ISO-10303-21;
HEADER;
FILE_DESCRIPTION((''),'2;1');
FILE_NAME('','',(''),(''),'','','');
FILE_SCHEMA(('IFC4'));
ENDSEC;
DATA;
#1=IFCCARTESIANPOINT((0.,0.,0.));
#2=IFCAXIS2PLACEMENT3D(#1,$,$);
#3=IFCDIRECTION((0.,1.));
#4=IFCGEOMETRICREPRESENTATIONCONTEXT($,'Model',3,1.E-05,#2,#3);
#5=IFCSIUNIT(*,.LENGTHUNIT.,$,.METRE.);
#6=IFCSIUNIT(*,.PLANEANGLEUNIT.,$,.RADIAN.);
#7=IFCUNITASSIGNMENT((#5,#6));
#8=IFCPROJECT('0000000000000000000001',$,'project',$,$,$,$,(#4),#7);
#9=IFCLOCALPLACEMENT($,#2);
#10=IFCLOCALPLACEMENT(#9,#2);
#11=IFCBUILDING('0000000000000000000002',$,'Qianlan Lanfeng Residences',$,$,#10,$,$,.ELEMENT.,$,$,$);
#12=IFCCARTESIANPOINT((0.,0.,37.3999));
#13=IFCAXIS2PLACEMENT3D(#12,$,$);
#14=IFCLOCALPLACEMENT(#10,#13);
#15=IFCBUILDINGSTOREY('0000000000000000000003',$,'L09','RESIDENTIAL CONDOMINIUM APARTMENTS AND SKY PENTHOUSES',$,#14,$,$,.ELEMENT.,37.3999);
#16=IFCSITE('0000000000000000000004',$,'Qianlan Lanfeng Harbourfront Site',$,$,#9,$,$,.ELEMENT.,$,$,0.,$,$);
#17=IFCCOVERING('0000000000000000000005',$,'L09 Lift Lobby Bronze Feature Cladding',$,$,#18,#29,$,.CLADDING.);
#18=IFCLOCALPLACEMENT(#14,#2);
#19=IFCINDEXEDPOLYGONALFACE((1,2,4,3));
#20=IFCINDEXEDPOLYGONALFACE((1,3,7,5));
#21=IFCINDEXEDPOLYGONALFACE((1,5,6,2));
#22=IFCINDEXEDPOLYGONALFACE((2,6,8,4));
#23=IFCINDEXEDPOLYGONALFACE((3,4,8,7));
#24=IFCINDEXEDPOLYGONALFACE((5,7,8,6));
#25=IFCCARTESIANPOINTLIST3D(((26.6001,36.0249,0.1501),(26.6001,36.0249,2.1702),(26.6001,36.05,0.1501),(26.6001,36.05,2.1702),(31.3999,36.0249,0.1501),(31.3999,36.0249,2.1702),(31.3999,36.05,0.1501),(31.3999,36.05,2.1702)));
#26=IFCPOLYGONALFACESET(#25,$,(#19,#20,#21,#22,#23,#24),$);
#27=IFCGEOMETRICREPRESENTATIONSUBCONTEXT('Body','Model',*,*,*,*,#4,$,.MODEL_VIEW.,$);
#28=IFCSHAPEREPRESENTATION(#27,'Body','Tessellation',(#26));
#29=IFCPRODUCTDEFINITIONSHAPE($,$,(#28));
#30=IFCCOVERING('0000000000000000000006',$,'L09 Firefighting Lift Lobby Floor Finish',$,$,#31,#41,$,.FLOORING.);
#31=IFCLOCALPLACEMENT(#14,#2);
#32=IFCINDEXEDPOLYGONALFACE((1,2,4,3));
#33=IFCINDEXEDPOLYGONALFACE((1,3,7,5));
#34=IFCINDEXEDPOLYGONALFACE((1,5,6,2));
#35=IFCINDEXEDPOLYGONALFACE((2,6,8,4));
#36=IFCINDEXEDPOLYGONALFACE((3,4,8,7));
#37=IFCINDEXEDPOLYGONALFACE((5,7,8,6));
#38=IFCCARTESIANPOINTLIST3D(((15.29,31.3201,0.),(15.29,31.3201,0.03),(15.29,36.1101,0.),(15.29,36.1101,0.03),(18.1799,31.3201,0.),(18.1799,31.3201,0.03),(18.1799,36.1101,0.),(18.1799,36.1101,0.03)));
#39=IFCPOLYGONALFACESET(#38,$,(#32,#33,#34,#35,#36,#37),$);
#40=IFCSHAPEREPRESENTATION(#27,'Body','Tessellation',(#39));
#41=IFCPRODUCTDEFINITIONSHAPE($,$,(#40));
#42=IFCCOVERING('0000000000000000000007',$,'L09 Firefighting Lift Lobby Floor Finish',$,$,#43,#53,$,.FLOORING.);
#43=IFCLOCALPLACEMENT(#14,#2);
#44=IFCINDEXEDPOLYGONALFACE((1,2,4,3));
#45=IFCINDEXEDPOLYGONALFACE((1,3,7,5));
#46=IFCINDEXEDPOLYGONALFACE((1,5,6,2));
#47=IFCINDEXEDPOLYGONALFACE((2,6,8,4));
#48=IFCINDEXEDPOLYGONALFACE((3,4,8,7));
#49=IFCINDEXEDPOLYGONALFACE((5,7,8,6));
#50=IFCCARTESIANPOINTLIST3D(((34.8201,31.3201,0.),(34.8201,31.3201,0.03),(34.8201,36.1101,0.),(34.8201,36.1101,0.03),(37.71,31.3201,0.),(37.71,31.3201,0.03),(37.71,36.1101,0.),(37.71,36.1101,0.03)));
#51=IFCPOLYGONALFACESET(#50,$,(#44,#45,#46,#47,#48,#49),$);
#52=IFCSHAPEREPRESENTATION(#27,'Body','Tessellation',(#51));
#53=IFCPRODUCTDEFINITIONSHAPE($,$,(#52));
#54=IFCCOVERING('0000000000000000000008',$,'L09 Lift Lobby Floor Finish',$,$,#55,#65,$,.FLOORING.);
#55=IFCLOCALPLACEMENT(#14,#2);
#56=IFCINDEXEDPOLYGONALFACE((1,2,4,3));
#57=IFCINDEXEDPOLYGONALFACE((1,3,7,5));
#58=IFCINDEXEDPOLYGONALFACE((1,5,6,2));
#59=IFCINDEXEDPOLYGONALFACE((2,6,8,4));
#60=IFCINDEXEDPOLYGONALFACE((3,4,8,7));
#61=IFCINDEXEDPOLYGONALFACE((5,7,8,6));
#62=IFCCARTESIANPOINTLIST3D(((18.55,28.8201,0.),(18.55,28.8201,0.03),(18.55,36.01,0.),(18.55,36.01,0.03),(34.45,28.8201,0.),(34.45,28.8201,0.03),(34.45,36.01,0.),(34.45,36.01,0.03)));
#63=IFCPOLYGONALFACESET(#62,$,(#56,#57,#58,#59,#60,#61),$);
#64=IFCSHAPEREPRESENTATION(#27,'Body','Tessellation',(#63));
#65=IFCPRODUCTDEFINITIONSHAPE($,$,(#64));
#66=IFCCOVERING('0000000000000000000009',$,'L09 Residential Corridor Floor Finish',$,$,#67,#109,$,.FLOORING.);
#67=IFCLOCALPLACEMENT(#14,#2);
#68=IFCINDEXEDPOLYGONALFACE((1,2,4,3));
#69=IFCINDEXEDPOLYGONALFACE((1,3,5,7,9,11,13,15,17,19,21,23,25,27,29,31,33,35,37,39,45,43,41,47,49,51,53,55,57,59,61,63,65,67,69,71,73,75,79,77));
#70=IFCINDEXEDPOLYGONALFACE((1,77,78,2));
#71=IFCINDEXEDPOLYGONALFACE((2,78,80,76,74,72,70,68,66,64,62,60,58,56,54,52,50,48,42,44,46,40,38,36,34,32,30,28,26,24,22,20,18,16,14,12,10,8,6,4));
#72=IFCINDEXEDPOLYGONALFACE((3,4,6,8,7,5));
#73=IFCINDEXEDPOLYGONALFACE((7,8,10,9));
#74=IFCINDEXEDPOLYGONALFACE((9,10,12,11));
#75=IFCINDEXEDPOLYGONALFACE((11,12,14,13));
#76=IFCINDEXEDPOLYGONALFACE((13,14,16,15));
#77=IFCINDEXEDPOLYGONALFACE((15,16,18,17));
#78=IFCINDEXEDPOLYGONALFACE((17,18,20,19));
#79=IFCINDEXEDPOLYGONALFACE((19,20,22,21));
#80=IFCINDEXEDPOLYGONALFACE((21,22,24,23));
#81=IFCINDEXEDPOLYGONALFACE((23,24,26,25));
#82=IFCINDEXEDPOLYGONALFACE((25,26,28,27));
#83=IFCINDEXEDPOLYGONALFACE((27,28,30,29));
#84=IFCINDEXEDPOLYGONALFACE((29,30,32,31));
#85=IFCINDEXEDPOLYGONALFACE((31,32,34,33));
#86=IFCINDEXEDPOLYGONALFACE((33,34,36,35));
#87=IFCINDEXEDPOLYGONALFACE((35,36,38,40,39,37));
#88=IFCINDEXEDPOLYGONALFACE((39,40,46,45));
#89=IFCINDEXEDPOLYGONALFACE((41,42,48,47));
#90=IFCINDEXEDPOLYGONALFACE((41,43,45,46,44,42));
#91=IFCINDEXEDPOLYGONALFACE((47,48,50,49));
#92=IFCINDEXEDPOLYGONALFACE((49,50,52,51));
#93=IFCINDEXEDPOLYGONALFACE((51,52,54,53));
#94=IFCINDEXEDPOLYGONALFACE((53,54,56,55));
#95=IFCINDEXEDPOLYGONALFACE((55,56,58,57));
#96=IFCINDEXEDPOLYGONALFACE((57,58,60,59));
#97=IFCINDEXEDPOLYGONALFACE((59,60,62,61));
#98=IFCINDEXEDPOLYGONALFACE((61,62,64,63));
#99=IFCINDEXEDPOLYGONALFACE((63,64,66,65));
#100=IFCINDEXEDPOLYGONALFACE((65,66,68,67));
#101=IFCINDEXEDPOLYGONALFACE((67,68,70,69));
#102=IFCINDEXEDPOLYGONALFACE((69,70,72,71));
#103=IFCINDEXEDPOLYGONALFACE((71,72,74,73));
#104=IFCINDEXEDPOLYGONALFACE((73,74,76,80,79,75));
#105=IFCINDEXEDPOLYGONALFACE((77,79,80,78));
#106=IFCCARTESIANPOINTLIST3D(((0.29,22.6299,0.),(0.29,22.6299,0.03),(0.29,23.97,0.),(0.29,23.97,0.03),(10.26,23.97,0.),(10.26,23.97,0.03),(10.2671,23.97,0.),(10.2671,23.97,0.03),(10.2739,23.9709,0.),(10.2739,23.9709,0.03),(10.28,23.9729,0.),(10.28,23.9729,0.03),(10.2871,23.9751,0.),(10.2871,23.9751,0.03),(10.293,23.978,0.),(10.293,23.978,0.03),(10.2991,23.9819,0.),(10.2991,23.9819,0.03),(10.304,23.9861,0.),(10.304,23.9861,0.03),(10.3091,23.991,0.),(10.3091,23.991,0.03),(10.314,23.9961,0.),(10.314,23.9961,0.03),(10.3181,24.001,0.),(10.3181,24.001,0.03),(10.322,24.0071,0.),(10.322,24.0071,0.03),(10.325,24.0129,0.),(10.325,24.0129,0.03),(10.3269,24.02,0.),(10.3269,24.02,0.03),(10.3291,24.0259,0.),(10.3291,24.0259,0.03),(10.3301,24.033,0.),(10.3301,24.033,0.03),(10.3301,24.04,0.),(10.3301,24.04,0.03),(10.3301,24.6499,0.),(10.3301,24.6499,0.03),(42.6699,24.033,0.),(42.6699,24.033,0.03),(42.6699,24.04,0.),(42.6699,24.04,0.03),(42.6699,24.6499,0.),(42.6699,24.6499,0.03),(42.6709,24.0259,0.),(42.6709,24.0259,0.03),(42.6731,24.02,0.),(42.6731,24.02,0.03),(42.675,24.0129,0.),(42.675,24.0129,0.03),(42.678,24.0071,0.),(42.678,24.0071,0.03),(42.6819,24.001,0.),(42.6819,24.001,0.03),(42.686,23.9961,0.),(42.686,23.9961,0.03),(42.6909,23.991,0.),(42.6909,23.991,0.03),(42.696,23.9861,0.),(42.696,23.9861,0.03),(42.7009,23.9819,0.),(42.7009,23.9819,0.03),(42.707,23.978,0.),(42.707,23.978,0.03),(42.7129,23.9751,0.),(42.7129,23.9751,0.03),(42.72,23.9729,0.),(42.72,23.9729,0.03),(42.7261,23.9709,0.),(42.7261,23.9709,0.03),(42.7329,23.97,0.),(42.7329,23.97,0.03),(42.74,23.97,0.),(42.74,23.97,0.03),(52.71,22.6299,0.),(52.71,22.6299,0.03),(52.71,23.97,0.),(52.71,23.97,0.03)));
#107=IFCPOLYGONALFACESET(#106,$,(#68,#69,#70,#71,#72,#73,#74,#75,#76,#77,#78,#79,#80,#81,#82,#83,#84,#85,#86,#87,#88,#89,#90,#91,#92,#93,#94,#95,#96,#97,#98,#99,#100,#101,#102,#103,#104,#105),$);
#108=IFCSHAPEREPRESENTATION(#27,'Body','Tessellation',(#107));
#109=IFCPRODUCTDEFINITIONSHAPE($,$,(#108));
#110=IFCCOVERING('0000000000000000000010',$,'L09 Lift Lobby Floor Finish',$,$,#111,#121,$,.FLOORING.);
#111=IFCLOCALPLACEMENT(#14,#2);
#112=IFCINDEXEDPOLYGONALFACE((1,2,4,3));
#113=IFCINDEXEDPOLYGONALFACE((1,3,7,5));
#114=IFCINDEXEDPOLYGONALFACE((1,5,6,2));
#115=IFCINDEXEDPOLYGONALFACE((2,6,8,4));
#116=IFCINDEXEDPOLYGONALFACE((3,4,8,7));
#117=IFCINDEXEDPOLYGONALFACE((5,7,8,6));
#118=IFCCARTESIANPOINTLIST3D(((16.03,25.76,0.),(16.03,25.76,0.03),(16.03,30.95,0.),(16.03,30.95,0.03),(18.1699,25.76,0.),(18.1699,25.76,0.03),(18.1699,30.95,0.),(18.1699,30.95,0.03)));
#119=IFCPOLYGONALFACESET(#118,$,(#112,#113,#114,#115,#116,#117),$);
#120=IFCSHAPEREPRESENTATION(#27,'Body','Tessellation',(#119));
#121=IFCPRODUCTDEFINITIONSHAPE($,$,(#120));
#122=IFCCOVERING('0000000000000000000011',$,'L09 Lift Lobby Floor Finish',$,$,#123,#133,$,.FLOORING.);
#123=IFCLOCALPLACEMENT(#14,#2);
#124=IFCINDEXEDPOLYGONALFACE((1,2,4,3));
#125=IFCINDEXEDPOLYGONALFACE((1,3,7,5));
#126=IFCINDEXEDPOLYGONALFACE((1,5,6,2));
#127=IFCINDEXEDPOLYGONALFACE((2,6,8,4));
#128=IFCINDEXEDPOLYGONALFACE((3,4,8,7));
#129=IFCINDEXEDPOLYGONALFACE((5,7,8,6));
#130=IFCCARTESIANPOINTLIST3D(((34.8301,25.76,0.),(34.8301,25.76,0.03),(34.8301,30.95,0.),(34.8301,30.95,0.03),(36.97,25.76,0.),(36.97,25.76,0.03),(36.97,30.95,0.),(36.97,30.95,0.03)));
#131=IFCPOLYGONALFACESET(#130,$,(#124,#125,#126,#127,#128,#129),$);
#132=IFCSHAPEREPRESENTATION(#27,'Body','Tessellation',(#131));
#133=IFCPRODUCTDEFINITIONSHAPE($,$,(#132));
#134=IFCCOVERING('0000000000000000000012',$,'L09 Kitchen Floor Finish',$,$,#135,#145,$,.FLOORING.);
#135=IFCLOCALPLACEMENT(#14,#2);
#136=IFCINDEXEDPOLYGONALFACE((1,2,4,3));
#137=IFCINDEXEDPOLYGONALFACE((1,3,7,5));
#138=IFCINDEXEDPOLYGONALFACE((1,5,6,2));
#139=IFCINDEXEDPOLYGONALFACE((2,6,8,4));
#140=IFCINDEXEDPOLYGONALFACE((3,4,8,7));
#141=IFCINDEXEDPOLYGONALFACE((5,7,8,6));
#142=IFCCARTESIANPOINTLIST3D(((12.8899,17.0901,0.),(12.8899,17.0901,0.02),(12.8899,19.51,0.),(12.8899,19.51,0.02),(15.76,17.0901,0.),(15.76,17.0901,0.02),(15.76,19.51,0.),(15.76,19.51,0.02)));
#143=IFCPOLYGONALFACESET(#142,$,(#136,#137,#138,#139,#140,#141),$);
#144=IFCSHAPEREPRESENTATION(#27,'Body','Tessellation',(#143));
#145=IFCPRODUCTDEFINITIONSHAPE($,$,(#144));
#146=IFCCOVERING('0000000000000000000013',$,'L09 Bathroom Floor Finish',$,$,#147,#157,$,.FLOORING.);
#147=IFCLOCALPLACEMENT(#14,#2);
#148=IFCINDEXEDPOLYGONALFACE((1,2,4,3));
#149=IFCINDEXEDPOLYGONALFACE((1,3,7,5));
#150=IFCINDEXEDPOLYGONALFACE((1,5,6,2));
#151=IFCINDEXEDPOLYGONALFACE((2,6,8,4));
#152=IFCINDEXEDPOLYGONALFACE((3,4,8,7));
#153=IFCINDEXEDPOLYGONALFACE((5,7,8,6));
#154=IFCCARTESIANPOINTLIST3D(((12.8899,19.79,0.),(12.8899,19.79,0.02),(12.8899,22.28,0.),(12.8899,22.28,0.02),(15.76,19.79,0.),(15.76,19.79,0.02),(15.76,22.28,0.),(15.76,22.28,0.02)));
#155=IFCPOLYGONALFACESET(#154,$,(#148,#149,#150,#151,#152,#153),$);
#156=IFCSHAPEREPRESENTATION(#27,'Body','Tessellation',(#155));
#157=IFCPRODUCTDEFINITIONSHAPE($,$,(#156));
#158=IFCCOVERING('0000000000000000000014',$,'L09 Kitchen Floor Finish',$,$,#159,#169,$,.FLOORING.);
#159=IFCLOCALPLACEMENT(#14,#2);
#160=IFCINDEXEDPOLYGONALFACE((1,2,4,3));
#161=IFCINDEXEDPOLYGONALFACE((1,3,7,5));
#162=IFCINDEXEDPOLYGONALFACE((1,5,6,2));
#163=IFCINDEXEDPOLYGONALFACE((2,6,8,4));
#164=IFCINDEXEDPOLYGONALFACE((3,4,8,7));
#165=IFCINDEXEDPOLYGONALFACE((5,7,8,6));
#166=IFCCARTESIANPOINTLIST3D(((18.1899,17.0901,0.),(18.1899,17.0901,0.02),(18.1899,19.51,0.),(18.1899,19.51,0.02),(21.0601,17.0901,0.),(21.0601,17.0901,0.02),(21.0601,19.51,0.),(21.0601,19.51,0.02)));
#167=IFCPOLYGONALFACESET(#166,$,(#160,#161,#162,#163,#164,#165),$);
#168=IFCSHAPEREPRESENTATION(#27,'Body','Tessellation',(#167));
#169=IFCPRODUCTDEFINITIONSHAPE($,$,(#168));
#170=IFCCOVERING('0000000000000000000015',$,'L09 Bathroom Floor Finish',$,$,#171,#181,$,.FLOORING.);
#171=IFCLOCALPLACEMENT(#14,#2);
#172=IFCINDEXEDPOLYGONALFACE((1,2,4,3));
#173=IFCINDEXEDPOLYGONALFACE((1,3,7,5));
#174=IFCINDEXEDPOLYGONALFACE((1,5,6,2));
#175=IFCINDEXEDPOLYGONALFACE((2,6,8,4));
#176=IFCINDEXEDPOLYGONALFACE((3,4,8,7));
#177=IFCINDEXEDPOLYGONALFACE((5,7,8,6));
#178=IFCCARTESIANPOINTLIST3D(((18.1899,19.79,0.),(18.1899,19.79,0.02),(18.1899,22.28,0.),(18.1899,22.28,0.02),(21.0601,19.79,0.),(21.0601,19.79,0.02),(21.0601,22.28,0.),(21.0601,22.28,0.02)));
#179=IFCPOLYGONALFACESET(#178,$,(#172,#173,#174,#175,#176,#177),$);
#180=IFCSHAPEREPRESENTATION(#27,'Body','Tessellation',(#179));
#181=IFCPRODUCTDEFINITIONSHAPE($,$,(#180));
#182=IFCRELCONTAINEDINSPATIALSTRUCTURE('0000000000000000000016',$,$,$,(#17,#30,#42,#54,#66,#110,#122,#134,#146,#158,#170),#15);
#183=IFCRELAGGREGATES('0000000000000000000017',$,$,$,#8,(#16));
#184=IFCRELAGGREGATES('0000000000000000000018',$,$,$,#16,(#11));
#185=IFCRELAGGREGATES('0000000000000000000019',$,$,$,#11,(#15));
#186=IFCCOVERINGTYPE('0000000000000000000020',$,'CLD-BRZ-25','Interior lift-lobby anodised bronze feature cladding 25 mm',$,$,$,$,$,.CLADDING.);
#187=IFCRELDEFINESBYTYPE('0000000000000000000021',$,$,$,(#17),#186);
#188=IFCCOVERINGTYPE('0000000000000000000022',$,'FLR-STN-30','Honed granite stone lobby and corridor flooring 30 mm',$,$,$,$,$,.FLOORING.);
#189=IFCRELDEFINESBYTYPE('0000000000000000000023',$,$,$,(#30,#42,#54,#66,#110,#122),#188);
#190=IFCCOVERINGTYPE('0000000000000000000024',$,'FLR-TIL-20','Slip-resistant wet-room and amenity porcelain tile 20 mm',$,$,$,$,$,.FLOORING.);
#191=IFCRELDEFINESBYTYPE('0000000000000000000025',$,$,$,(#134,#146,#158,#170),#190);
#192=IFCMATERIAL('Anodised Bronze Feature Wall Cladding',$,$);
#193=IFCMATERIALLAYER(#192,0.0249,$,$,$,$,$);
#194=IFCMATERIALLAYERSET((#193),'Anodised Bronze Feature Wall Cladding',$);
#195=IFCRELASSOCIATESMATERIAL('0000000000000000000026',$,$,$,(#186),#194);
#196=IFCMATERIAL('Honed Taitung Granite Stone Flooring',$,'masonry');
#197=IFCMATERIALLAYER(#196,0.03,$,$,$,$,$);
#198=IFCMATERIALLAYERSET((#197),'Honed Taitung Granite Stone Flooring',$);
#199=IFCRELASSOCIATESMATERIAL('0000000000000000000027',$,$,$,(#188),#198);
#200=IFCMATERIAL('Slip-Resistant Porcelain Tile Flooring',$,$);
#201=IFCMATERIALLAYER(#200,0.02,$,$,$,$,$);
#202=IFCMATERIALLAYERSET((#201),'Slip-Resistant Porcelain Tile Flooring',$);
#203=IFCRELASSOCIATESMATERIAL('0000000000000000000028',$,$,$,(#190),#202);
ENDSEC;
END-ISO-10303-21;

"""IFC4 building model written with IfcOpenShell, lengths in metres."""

from ifc_helpers import new_model, si_unit, direction, frame, origin, place, context, subcontext, project, spatial, polyline, outline, extrude, material, layer, layer_set, type_object, element, save


model = new_model("IFC4")

# Units and contexts
model_context = context("Model", 3, precision=1e-05, world=origin(), true_north=direction((0.0, 1.0)))
body_context = subcontext(model_context, "Body", "Model", "MODEL_VIEW")
ifc_project = project(units=[si_unit("LENGTHUNIT", "METRE"), si_unit("PLANEANGLEUNIT", "RADIAN")], contexts=[model_context])

# Site, building, storey
site_placement = place(None, origin())
site = spatial("IfcSite", under=ifc_project, at=site_placement, Name="Qianlan Lanfeng Harbourfront Site", CompositionType="ELEMENT", RefElevation=0.0)
building_placement = place(site_placement, origin())
building = spatial("IfcBuilding", under=site, at=building_placement, Name="Qianlan Lanfeng Residences", CompositionType="ELEMENT")
storey_placement = place(building_placement, frame((0.0, 0.0, 37.3999)))
storey = spatial("IfcBuildingStorey", under=building, at=storey_placement, Name="L09", Description="RESIDENTIAL CONDOMINIUM APARTMENTS AND SKY PENTHOUSES", CompositionType="ELEMENT", Elevation=37.3999)

# Coverings
ifc_material_1 = material(Name="Anodised Bronze Feature Wall Cladding")
ifc_layer_1 = layer(ifc_material_1, 0.0249)
ifc_layer_set_1 = layer_set([ifc_layer_1], Name="Anodised Bronze Feature Wall Cladding")
covering_type_1 = type_object("IfcCoveringType", Name="CLD-BRZ-25", Description="Interior lift-lobby anodised bronze feature cladding 25 mm", PredefinedType="CLADDING", material=ifc_layer_set_1)
covering_1_placement = place(storey_placement, frame((0.0, 0.0, 0.1501)))
element("IfcCovering", 1, at=covering_1_placement, inside=storey, type_object=covering_type_1, Name="L09 Lift Lobby Bronze Feature Cladding", PredefinedType="CLADDING", context=body_context, shape_type="SweptSolid", body=[
    extrude(outline(polyline([(26.6001, 36.0249), (31.3999, 36.0249), (31.3999, 36.05), (26.6001, 36.05), (26.6001, 36.0249)])), origin(), (0.0, 0.0, 1.0), 2.02),
])
ifc_material_2 = material(Name="Honed Taitung Granite Stone Flooring", Category="masonry")
ifc_layer_2 = layer(ifc_material_2, 0.03)
ifc_layer_set_2 = layer_set([ifc_layer_2], Name="Honed Taitung Granite Stone Flooring")
covering_type_2 = type_object("IfcCoveringType", Name="FLR-STN-30", Description="Honed granite stone lobby and corridor flooring 30 mm", PredefinedType="FLOORING", material=ifc_layer_set_2)
covering_2_placement = place(storey_placement, origin())
element("IfcCovering", 2, at=covering_2_placement, inside=storey, type_object=covering_type_2, Name="L09 Firefighting Lift Lobby Floor Finish", PredefinedType="FLOORING", context=body_context, shape_type="SweptSolid", body=[
    extrude(outline(polyline([(15.29, 31.3201), (18.1799, 31.3201), (18.1799, 36.1101), (15.29, 36.1101), (15.29, 31.3201)])), origin(), (0.0, 0.0, 1.0), 0.03),
])
covering_3_placement = place(storey_placement, origin())
element("IfcCovering", 3, at=covering_3_placement, inside=storey, type_object=covering_type_2, Name="L09 Firefighting Lift Lobby Floor Finish", PredefinedType="FLOORING", context=body_context, shape_type="SweptSolid", body=[
    extrude(outline(polyline([(34.8201, 31.3201), (37.71, 31.3201), (37.71, 36.1101), (34.8201, 36.1101), (34.8201, 31.3201)])), origin(), (0.0, 0.0, 1.0), 0.03),
])
covering_4_placement = place(storey_placement, origin())
element("IfcCovering", 4, at=covering_4_placement, inside=storey, type_object=covering_type_2, Name="L09 Lift Lobby Floor Finish", PredefinedType="FLOORING", context=body_context, shape_type="SweptSolid", body=[
    extrude(outline(polyline([(18.55, 28.8201), (34.45, 28.8201), (34.45, 36.01), (18.55, 36.01), (18.55, 28.8201)])), origin(), (0.0, 0.0, 1.0), 0.03),
])
covering_5_placement = place(storey_placement, origin())
element("IfcCovering", 5, at=covering_5_placement, inside=storey, type_object=covering_type_2, Name="L09 Residential Corridor Floor Finish", PredefinedType="FLOORING", context=body_context, shape_type="SweptSolid", body=[
    extrude(outline(polyline([(0.29, 22.6299), (52.71, 22.6299), (52.71, 23.97), (42.74, 23.97), (42.7329, 23.97), (42.7261, 23.9709), (42.72, 23.9729), (42.7129, 23.9751), (42.707, 23.978), (42.7009, 23.9819), (42.696, 23.9861), (42.6909, 23.991), (42.686, 23.9961), (42.6819, 24.001), (42.678, 24.0071), (42.675, 24.0129), (42.6731, 24.02), (42.6709, 24.0259), (42.6699, 24.033), (42.6699, 24.04), (42.6699, 24.6499), (10.3301, 24.6499), (10.3301, 24.04), (10.3301, 24.033), (10.3291, 24.0259), (10.3269, 24.02), (10.325, 24.0129), (10.322, 24.0071), (10.3181, 24.001), (10.314, 23.9961), (10.3091, 23.991), (10.304, 23.9861), (10.2991, 23.9819), (10.293, 23.978), (10.2871, 23.9751), (10.28, 23.9729), (10.2739, 23.9709), (10.2671, 23.97), (10.26, 23.97), (0.29, 23.97), (0.29, 22.6299)])), origin(), (0.0, 0.0, 1.0), 0.03),
])
covering_6_placement = place(storey_placement, origin())
element("IfcCovering", 6, at=covering_6_placement, inside=storey, type_object=covering_type_2, Name="L09 Lift Lobby Floor Finish", PredefinedType="FLOORING", context=body_context, shape_type="SweptSolid", body=[
    extrude(outline(polyline([(16.03, 25.76), (18.1699, 25.76), (18.1699, 30.95), (16.03, 30.95), (16.03, 25.76)])), origin(), (0.0, 0.0, 1.0), 0.03),
])
covering_7_placement = place(storey_placement, origin())
element("IfcCovering", 7, at=covering_7_placement, inside=storey, type_object=covering_type_2, Name="L09 Lift Lobby Floor Finish", PredefinedType="FLOORING", context=body_context, shape_type="SweptSolid", body=[
    extrude(outline(polyline([(34.8301, 25.76), (36.97, 25.76), (36.97, 30.95), (34.8301, 30.95), (34.8301, 25.76)])), origin(), (0.0, 0.0, 1.0), 0.03),
])
ifc_material_3 = material(Name="Slip-Resistant Porcelain Tile Flooring")
ifc_layer_3 = layer(ifc_material_3, 0.02)
ifc_layer_set_3 = layer_set([ifc_layer_3], Name="Slip-Resistant Porcelain Tile Flooring")
covering_type_3 = type_object("IfcCoveringType", Name="FLR-TIL-20", Description="Slip-resistant wet-room and amenity porcelain tile 20 mm", PredefinedType="FLOORING", material=ifc_layer_set_3)
covering_8_placement = place(storey_placement, origin())
element("IfcCovering", 8, at=covering_8_placement, inside=storey, type_object=covering_type_3, Name="L09 Kitchen Floor Finish", PredefinedType="FLOORING", context=body_context, shape_type="SweptSolid", body=[
    extrude(outline(polyline([(12.8899, 17.0901), (15.76, 17.0901), (15.76, 19.51), (12.8899, 19.51), (12.8899, 17.0901)])), origin(), (0.0, 0.0, 1.0), 0.02),
])
covering_9_placement = place(storey_placement, origin())
element("IfcCovering", 9, at=covering_9_placement, inside=storey, type_object=covering_type_3, Name="L09 Bathroom Floor Finish", PredefinedType="FLOORING", context=body_context, shape_type="SweptSolid", body=[
    extrude(outline(polyline([(12.8899, 19.79), (15.76, 19.79), (15.76, 22.28), (12.8899, 22.28), (12.8899, 19.79)])), origin(), (0.0, 0.0, 1.0), 0.02),
])
covering_10_placement = place(storey_placement, origin())
element("IfcCovering", 10, at=covering_10_placement, inside=storey, type_object=covering_type_3, Name="L09 Kitchen Floor Finish", PredefinedType="FLOORING", context=body_context, shape_type="SweptSolid", body=[
    extrude(outline(polyline([(18.1899, 17.0901), (21.0601, 17.0901), (21.0601, 19.51), (18.1899, 19.51), (18.1899, 17.0901)])), origin(), (0.0, 0.0, 1.0), 0.02),
])
covering_11_placement = place(storey_placement, origin())
element("IfcCovering", 11, at=covering_11_placement, inside=storey, type_object=covering_type_3, Name="L09 Bathroom Floor Finish", PredefinedType="FLOORING", context=body_context, shape_type="SweptSolid", body=[
    extrude(outline(polyline([(18.1899, 19.79), (21.0601, 19.79), (21.0601, 22.28), (18.1899, 22.28), (18.1899, 19.79)])), origin(), (0.0, 0.0, 1.0), 0.02),
])

save(model, "model.ifc")
